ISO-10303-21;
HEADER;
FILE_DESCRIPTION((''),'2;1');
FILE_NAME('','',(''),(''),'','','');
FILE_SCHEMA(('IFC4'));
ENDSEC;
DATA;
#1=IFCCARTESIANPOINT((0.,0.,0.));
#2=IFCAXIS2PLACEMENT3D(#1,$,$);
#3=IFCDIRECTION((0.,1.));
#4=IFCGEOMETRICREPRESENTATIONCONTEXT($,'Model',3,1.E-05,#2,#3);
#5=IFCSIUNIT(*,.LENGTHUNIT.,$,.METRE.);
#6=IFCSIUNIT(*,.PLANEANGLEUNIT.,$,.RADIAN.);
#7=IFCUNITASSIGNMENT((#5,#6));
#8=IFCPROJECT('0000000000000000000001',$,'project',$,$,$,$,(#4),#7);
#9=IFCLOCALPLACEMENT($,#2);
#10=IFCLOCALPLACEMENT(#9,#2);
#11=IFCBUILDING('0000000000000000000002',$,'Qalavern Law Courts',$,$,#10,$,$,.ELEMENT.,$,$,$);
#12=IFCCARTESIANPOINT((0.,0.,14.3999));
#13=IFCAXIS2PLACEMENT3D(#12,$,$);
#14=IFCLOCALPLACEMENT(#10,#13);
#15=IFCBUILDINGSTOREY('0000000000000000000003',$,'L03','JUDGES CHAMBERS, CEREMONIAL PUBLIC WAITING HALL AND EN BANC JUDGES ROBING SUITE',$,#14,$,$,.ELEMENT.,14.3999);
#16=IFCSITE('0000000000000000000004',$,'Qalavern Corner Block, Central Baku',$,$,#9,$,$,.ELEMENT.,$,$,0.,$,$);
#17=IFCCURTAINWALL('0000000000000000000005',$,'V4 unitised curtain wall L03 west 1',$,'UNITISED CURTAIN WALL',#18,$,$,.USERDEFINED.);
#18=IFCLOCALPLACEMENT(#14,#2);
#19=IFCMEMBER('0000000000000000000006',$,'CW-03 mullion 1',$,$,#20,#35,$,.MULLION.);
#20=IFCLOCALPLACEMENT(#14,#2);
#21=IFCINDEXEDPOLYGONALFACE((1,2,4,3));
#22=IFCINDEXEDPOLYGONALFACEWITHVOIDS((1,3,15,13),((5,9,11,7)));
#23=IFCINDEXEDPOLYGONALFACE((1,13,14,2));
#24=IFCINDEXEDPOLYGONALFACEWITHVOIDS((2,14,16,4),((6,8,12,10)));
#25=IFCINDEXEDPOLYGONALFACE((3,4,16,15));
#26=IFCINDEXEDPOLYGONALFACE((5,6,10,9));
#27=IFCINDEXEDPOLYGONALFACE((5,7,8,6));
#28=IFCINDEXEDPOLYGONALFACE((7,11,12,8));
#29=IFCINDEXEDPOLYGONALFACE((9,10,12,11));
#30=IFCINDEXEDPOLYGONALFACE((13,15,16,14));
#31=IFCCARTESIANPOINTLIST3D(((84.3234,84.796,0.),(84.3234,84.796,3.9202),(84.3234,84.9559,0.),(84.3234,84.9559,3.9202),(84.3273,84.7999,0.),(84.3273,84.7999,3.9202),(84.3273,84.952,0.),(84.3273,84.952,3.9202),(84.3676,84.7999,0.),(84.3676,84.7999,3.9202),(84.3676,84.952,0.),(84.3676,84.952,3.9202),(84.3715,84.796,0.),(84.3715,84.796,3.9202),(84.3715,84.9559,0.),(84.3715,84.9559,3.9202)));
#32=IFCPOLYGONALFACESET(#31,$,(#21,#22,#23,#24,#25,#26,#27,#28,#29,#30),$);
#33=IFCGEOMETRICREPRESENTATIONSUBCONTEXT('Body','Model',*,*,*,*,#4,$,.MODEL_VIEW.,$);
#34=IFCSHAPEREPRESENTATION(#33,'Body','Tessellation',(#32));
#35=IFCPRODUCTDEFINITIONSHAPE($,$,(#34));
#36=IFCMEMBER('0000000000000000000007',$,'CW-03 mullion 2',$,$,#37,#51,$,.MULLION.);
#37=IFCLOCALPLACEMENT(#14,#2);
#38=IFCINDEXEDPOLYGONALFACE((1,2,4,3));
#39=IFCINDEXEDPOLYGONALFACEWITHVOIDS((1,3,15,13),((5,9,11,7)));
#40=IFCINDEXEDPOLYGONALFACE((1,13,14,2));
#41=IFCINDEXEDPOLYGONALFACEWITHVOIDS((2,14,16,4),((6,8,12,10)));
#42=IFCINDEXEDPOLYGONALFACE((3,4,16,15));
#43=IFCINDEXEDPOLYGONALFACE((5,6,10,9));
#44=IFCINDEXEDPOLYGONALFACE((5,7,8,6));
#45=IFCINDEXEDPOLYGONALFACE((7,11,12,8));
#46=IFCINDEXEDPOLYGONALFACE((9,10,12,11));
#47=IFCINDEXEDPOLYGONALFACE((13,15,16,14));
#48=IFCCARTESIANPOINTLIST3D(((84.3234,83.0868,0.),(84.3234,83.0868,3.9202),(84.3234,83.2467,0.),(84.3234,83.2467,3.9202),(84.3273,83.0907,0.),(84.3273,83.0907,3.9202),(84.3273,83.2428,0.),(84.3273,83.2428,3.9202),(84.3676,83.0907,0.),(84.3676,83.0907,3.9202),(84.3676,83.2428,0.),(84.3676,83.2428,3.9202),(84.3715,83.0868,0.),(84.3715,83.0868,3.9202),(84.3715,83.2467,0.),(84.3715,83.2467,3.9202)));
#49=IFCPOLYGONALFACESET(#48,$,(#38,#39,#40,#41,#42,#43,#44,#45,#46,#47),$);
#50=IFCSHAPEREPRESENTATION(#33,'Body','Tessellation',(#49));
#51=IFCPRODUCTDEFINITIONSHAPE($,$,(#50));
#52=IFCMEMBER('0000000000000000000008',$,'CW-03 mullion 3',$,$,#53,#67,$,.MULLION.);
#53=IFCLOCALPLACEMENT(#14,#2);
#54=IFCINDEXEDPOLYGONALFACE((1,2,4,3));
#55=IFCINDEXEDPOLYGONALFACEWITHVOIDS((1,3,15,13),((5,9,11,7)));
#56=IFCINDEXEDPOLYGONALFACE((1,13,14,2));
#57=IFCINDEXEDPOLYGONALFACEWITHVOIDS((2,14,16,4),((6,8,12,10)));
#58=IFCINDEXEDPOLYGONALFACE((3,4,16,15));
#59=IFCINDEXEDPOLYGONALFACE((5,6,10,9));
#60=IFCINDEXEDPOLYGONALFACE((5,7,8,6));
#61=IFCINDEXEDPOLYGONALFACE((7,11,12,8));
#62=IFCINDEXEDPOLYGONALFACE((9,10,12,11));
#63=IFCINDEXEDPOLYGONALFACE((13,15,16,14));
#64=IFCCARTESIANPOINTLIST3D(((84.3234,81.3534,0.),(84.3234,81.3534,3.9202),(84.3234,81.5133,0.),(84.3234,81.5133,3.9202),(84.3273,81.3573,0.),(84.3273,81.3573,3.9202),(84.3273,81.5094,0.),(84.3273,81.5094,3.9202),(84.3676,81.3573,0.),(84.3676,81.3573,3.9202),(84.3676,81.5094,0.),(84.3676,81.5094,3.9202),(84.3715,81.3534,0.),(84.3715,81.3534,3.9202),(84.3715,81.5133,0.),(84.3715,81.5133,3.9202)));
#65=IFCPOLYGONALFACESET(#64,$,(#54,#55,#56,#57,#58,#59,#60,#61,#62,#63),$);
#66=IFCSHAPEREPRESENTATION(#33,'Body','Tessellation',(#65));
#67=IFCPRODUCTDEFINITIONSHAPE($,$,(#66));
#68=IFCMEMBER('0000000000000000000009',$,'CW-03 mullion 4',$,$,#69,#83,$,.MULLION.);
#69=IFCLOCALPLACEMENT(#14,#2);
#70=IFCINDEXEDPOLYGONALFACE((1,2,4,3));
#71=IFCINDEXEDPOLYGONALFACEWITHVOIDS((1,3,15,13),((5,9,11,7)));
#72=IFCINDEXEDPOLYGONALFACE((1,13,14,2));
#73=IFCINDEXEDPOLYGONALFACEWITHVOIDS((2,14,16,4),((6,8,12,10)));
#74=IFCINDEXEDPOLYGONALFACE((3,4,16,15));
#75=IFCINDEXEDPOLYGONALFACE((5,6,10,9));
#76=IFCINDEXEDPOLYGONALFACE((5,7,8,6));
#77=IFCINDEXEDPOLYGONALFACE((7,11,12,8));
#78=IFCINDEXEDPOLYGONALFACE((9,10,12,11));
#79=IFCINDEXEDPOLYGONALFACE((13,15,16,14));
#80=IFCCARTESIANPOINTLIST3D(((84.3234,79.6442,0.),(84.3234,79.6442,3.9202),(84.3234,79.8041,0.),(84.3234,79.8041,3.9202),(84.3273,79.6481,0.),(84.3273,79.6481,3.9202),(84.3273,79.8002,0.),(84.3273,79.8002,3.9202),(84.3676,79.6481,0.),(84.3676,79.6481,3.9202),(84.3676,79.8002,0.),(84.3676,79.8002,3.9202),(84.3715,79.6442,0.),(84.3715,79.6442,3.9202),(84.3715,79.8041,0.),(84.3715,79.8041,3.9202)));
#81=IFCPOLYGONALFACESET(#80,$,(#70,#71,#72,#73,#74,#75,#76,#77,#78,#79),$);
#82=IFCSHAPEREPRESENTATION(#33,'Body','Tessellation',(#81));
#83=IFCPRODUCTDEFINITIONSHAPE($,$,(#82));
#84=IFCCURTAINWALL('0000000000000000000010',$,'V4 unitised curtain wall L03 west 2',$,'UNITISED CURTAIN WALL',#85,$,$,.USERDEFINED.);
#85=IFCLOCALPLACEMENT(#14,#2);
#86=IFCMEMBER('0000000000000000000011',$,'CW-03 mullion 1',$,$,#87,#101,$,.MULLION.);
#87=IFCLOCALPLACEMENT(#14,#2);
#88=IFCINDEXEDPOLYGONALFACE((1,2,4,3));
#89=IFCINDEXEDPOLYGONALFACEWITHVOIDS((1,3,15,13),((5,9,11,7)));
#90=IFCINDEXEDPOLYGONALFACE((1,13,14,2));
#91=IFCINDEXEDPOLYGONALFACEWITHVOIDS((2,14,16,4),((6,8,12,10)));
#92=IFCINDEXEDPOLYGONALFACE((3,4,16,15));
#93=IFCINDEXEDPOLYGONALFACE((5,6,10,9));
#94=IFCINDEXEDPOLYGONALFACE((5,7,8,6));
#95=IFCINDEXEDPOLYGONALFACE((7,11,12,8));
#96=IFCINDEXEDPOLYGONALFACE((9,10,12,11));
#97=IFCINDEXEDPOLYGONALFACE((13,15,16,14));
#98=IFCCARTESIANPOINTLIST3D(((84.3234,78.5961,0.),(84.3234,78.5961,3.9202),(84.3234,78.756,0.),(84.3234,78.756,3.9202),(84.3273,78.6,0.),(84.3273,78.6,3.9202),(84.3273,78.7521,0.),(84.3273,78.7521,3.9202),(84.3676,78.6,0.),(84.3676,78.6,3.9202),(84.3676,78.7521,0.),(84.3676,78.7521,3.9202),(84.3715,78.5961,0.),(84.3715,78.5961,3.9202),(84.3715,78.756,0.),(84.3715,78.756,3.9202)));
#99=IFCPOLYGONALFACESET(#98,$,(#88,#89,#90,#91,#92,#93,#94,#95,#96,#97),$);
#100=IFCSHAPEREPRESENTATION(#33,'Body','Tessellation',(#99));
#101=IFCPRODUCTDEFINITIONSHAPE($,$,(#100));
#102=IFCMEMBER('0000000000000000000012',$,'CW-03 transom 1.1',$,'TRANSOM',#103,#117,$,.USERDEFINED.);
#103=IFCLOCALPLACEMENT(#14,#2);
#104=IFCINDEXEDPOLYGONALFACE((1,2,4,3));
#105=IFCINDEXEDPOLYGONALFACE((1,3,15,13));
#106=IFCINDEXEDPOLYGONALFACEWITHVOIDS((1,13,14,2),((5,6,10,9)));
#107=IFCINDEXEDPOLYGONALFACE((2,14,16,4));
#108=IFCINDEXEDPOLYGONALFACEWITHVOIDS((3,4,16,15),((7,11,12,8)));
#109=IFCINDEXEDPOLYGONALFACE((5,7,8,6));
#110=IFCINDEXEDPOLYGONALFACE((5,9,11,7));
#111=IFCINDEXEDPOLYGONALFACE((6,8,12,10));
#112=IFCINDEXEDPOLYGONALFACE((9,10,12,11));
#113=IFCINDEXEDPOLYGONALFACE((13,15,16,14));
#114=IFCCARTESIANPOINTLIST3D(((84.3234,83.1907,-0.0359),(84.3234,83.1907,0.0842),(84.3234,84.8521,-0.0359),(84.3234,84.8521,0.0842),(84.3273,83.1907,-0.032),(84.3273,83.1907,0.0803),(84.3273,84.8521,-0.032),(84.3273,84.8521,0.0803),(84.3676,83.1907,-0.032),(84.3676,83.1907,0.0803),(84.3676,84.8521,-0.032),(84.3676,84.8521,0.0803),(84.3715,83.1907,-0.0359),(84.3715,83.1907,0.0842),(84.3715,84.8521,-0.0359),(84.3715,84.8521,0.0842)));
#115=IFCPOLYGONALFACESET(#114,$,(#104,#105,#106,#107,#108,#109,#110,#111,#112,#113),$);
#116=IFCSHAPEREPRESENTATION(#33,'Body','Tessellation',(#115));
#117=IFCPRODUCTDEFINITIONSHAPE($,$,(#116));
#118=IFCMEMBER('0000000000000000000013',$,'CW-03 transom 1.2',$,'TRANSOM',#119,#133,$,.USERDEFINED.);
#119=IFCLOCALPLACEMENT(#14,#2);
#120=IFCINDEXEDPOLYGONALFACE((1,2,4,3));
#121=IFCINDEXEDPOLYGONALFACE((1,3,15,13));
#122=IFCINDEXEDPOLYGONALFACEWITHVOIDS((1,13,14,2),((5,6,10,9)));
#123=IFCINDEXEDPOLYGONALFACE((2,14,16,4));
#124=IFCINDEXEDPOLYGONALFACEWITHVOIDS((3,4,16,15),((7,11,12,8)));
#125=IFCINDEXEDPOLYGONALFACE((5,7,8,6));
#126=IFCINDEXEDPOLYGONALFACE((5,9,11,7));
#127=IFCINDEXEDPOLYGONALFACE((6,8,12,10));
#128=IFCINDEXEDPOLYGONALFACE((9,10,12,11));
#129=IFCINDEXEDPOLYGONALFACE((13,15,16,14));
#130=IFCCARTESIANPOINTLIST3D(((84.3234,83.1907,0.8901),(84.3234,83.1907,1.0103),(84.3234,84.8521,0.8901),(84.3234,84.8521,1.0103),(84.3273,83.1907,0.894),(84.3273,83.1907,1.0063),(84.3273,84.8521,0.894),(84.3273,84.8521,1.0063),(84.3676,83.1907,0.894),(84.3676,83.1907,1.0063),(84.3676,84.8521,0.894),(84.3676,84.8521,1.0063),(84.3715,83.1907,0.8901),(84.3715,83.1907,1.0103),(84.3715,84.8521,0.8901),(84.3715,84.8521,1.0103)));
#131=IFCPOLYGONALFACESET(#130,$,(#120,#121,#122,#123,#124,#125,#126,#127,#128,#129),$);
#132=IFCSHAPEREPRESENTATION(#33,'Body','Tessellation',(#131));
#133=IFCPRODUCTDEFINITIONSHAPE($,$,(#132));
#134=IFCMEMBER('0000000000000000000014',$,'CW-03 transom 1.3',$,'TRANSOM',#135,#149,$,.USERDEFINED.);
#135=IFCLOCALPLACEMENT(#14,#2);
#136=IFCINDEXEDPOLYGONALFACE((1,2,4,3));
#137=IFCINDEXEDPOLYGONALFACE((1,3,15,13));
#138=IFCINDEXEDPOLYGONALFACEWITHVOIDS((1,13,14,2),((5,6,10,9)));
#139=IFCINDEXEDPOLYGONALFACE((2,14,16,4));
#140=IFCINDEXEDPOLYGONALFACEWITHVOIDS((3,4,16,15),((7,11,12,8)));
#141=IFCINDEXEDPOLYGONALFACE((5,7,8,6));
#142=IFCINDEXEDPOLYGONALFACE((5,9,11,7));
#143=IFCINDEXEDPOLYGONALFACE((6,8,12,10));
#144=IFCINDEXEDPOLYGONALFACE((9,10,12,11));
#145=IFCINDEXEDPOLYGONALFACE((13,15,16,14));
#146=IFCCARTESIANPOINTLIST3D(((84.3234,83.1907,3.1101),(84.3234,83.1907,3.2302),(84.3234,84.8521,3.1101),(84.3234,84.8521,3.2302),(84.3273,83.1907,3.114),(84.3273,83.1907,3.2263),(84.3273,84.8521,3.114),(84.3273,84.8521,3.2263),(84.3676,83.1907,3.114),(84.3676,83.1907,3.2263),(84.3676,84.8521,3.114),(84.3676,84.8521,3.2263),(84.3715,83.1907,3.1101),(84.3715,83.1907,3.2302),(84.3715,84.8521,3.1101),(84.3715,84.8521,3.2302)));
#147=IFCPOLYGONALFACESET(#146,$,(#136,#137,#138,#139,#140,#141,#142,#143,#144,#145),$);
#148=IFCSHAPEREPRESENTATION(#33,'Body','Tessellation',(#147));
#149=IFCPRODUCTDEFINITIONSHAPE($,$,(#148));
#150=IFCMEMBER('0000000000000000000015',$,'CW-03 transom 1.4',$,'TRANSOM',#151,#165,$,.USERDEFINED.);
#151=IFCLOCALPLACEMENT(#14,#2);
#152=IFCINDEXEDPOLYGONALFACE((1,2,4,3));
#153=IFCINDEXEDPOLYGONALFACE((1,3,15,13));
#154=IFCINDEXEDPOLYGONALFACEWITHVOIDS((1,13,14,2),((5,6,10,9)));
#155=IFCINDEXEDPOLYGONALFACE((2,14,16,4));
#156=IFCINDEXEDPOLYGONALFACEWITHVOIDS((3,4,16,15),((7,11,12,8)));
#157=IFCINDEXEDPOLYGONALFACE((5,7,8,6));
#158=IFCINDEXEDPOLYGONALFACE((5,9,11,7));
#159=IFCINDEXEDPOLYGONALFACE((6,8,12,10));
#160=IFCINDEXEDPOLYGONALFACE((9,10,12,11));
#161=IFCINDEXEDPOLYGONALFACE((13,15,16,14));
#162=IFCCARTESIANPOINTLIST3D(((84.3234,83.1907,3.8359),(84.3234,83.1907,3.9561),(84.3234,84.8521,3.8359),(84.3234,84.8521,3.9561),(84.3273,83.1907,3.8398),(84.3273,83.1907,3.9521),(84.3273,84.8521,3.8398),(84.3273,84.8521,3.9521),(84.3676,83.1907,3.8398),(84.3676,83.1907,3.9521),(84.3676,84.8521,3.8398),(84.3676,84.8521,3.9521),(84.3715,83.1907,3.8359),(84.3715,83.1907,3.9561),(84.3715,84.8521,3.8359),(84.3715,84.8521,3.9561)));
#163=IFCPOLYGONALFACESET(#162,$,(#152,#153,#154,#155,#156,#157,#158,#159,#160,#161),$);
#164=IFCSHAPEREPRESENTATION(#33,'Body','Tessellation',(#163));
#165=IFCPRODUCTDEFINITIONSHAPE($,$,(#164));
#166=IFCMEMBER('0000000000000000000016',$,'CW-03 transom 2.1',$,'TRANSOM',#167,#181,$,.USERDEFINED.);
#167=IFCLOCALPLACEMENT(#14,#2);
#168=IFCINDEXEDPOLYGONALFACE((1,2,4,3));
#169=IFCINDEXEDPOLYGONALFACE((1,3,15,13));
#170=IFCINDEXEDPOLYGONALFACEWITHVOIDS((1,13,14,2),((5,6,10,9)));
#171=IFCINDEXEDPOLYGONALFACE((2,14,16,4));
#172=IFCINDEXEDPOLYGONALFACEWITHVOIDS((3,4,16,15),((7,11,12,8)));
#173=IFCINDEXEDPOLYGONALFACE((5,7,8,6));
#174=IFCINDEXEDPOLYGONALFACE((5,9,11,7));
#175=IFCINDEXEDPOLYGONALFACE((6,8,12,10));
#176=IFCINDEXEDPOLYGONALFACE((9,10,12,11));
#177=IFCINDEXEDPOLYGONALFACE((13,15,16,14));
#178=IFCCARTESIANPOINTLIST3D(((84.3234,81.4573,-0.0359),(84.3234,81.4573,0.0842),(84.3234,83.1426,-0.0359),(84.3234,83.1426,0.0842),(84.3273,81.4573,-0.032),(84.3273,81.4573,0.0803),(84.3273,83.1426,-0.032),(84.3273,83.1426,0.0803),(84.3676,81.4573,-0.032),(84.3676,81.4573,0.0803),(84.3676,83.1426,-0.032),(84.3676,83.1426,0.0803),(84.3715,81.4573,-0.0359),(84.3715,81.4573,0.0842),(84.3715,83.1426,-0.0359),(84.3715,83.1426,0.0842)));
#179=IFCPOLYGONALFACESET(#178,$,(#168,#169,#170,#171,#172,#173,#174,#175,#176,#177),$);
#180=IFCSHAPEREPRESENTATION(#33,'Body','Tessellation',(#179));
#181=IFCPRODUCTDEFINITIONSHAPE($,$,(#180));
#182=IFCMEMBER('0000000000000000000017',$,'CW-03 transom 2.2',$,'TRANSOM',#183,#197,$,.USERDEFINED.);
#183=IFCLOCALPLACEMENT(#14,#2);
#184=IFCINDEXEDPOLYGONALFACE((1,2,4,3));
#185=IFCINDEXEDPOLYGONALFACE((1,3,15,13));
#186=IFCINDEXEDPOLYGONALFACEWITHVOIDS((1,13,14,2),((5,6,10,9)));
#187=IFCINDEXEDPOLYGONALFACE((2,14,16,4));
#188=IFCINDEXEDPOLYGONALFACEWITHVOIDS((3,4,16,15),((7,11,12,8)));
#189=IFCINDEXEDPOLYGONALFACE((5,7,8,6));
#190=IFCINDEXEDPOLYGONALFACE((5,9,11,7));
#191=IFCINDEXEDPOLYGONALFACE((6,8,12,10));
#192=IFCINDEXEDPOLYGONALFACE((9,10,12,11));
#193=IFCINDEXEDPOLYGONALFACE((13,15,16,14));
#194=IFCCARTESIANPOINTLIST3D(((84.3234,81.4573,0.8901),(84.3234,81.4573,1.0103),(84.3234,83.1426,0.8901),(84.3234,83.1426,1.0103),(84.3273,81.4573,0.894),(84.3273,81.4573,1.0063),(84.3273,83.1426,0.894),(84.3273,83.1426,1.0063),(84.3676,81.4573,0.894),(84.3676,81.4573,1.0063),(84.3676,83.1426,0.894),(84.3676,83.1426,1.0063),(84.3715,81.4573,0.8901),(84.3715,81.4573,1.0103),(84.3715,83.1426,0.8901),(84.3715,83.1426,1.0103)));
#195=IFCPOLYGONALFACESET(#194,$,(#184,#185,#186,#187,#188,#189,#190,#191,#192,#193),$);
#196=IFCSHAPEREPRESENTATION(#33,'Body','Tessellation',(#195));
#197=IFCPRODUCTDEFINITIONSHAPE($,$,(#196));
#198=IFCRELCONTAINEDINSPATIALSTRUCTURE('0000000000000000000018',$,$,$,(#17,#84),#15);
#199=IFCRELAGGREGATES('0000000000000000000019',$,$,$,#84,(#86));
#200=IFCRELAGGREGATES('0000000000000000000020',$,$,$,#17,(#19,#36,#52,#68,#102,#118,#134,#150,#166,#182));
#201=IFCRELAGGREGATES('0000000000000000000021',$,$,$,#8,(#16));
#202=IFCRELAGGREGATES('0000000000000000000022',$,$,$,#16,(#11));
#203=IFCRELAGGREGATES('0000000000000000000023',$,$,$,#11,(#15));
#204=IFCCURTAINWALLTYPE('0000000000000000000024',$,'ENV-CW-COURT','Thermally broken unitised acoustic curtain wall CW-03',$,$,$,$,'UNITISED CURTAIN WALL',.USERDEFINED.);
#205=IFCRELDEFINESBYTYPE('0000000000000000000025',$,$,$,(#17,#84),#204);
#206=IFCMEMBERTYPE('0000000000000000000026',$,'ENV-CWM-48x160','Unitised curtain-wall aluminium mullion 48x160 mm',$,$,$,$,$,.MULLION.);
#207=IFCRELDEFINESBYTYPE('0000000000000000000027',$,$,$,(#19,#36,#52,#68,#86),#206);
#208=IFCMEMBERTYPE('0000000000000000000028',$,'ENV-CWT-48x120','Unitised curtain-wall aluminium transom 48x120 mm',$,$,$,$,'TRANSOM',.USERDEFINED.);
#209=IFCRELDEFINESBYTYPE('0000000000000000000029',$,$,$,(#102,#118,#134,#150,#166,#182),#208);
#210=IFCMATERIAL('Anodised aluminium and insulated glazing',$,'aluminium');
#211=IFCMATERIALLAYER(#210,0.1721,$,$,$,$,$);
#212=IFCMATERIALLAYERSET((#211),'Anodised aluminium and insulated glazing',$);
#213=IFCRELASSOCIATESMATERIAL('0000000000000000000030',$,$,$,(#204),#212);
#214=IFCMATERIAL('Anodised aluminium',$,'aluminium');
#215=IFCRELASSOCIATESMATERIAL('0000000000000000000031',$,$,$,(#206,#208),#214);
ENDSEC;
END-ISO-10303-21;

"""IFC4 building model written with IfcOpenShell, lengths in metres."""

from ifc_helpers import new_model, si_unit, direction, frame, origin, origin_2d, place, context, subcontext, project, spatial, hollow_rectangle, extrude, material, layer, layer_set, material_profile, profile_set, type_object, element, aggregate, save


model = new_model("IFC4")

# Units and contexts
model_context = context("Model", 3, precision=1e-05, world=origin(), true_north=direction((0.0, 1.0)))
body_context = subcontext(model_context, "Body", "Model", "MODEL_VIEW")
ifc_project = project(units=[si_unit("LENGTHUNIT", "METRE"), si_unit("PLANEANGLEUNIT", "RADIAN")], contexts=[model_context])

# Site, building, storey
site_placement = place(None, origin())
site = spatial("IfcSite", under=ifc_project, at=site_placement, Name="Qalavern Corner Block, Central Baku", CompositionType="ELEMENT", RefElevation=0.0)
building_placement = place(site_placement, origin())
building = spatial("IfcBuilding", under=site, at=building_placement, Name="Qalavern Law Courts", CompositionType="ELEMENT")
storey_placement = place(building_placement, frame((0.0, 0.0, 14.3999)))
storey = spatial("IfcBuildingStorey", under=building, at=storey_placement, Name="L03", Description="JUDGES CHAMBERS, CEREMONIAL PUBLIC WAITING HALL AND EN BANC JUDGES ROBING SUITE", CompositionType="ELEMENT", Elevation=14.3999)

# Curtain wall, members
ifc_material_1 = material(Name="Anodised aluminium and insulated glazing", Category="aluminium")
ifc_layer_1 = layer(ifc_material_1, 0.1721)
ifc_layer_set_1 = layer_set([ifc_layer_1], Name="Anodised aluminium and insulated glazing")
curtain_wall_type = type_object("IfcCurtainWallType", Name="ENV-CW-COURT", Description="Thermally broken unitised acoustic curtain wall CW-03", ElementType="UNITISED CURTAIN WALL", PredefinedType="USERDEFINED", material=ifc_layer_set_1)
curtain_wall_1_placement = place(storey_placement, origin())
curtain_wall_1 = element("IfcCurtainWall", 1, at=curtain_wall_1_placement, inside=storey, type_object=curtain_wall_type, Name="V4 unitised curtain wall L03 west 1", ObjectType="UNITISED CURTAIN WALL", PredefinedType="USERDEFINED")
ifc_material_2 = material(Name="Anodised aluminium", Category="aluminium")
ifc_material_profile_1 = material_profile(ifc_material_2, hollow_rectangle(XDim=0.0481, YDim=0.1599, WallThickness=0.0039, at=origin_2d()), Name="ALU MULLION 48x160")
ifc_profile_set_1 = profile_set([ifc_material_profile_1], Name="Anodised aluminium")
member_type_1 = type_object("IfcMemberType", Name="ENV-CWM-48x160", Description="Unitised curtain-wall aluminium mullion 48x160 mm", PredefinedType="MULLION", material=ifc_profile_set_1)
member_1_placement = place(storey_placement, frame((84.3474, 84.876, 0.0), z_axis=(0.0, 0.0, 1.0), x_axis=(1.0, 0.0, 0.0)))
member_1 = element("IfcMember", 2, at=member_1_placement, type_object=member_type_1, Name="CW-03 mullion 1", PredefinedType="MULLION", context=body_context, shape_type="SweptSolid", body=[
    extrude(hollow_rectangle(XDim=0.0481, YDim=0.1599, WallThickness=0.0039, at=origin_2d()), origin(), (0.0, 0.0, 1.0), 3.9202),
])
member_2_placement = place(storey_placement, frame((84.3474, 83.1667, 0.0), z_axis=(0.0, 0.0, 1.0), x_axis=(1.0, 0.0, 0.0)))
member_2 = element("IfcMember", 3, at=member_2_placement, type_object=member_type_1, Name="CW-03 mullion 2", PredefinedType="MULLION", context=body_context, shape_type="SweptSolid", body=[
    extrude(hollow_rectangle(XDim=0.0481, YDim=0.1599, WallThickness=0.0039, at=origin_2d()), origin(), (0.0, 0.0, 1.0), 3.9202),
])
member_3_placement = place(storey_placement, frame((84.3474, 81.4333, 0.0), z_axis=(0.0, 0.0, 1.0), x_axis=(1.0, 0.0, 0.0)))
member_3 = element("IfcMember", 4, at=member_3_placement, type_object=member_type_1, Name="CW-03 mullion 3", PredefinedType="MULLION", context=body_context, shape_type="SweptSolid", body=[
    extrude(hollow_rectangle(XDim=0.0481, YDim=0.1599, WallThickness=0.0039, at=origin_2d()), origin(), (0.0, 0.0, 1.0), 3.9202),
])
member_4_placement = place(storey_placement, frame((84.3474, 79.7241, 0.0), z_axis=(0.0, 0.0, 1.0), x_axis=(1.0, 0.0, 0.0)))
member_4 = element("IfcMember", 5, at=member_4_placement, type_object=member_type_1, Name="CW-03 mullion 4", PredefinedType="MULLION", context=body_context, shape_type="SweptSolid", body=[
    extrude(hollow_rectangle(XDim=0.0481, YDim=0.1599, WallThickness=0.0039, at=origin_2d()), origin(), (0.0, 0.0, 1.0), 3.9202),
])

# Curtain wall, member
curtain_wall_2_placement = place(storey_placement, origin())
curtain_wall_2 = element("IfcCurtainWall", 6, at=curtain_wall_2_placement, inside=storey, type_object=curtain_wall_type, Name="V4 unitised curtain wall L03 west 2", ObjectType="UNITISED CURTAIN WALL", PredefinedType="USERDEFINED")
member_5_placement = place(storey_placement, frame((84.3474, 78.676, 0.0), z_axis=(0.0, 0.0, 1.0), x_axis=(1.0, 0.0, 0.0)))
member_5 = element("IfcMember", 7, at=member_5_placement, type_object=member_type_1, Name="CW-03 mullion 1", PredefinedType="MULLION", context=body_context, shape_type="SweptSolid", body=[
    extrude(hollow_rectangle(XDim=0.0481, YDim=0.1599, WallThickness=0.0039, at=origin_2d()), origin(), (0.0, 0.0, 1.0), 3.9202),
])

# Members
ifc_material_profile_2 = material_profile(ifc_material_2, hollow_rectangle(XDim=0.0481, YDim=0.1201, WallThickness=0.0039, at=origin_2d()), Name="ALU TRANSOM 48x120")
ifc_profile_set_2 = profile_set([ifc_material_profile_2], Name="Anodised aluminium")
member_type_2 = type_object("IfcMemberType", Name="ENV-CWT-48x120", Description="Unitised curtain-wall aluminium transom 48x120 mm", ElementType="TRANSOM", PredefinedType="USERDEFINED", material=ifc_profile_set_2)
member_6_placement = place(storey_placement, frame((84.3474, 84.8521, 0.0242), z_axis=(0.0, -1.0, 0.0), x_axis=(1.0, 0.0, 0.0)))
member_6 = element("IfcMember", 8, at=member_6_placement, type_object=member_type_2, Name="CW-03 transom 1.1", ObjectType="TRANSOM", PredefinedType="USERDEFINED", context=body_context, shape_type="SweptSolid", body=[
    extrude(hollow_rectangle(XDim=0.0481, YDim=0.1201, WallThickness=0.0039, at=origin_2d()), origin(), (0.0, 0.0, 1.0), 1.6614),
])
member_7_placement = place(storey_placement, frame((84.3474, 84.8521, 0.9502), z_axis=(0.0, -1.0, 0.0), x_axis=(1.0, 0.0, 0.0)))
member_7 = element("IfcMember", 9, at=member_7_placement, type_object=member_type_2, Name="CW-03 transom 1.2", ObjectType="TRANSOM", PredefinedType="USERDEFINED", context=body_context, shape_type="SweptSolid", body=[
    extrude(hollow_rectangle(XDim=0.0481, YDim=0.1201, WallThickness=0.0039, at=origin_2d()), origin(), (0.0, 0.0, 1.0), 1.6614),
])
member_8_placement = place(storey_placement, frame((84.3474, 84.8521, 3.1702), z_axis=(0.0, -1.0, 0.0), x_axis=(1.0, 0.0, 0.0)))
member_8 = element("IfcMember", 10, at=member_8_placement, type_object=member_type_2, Name="CW-03 transom 1.3", ObjectType="TRANSOM", PredefinedType="USERDEFINED", context=body_context, shape_type="SweptSolid", body=[
    extrude(hollow_rectangle(XDim=0.0481, YDim=0.1201, WallThickness=0.0039, at=origin_2d()), origin(), (0.0, 0.0, 1.0), 1.6614),
])
member_9_placement = place(storey_placement, frame((84.3474, 84.8521, 3.896), z_axis=(0.0, -1.0, 0.0), x_axis=(1.0, 0.0, 0.0)))
member_9 = element("IfcMember", 11, at=member_9_placement, type_object=member_type_2, Name="CW-03 transom 1.4", ObjectType="TRANSOM", PredefinedType="USERDEFINED", context=body_context, shape_type="SweptSolid", body=[
    extrude(hollow_rectangle(XDim=0.0481, YDim=0.1201, WallThickness=0.0039, at=origin_2d()), origin(), (0.0, 0.0, 1.0), 1.6614),
])
member_10_placement = place(storey_placement, frame((84.3474, 83.1426, 0.0242), z_axis=(0.0, -1.0, 0.0), x_axis=(1.0, 0.0, 0.0)))
member_10 = element("IfcMember", 12, at=member_10_placement, type_object=member_type_2, Name="CW-03 transom 2.1", ObjectType="TRANSOM", PredefinedType="USERDEFINED", context=body_context, shape_type="SweptSolid", body=[
    extrude(hollow_rectangle(XDim=0.0481, YDim=0.1201, WallThickness=0.0039, at=origin_2d()), origin(), (0.0, 0.0, 1.0), 1.6853),
])
member_11_placement = place(storey_placement, frame((84.3474, 83.1426, 0.9502), z_axis=(0.0, -1.0, 0.0), x_axis=(1.0, 0.0, 0.0)))
member_11 = element("IfcMember", 13, at=member_11_placement, type_object=member_type_2, Name="CW-03 transom 2.2", ObjectType="TRANSOM", PredefinedType="USERDEFINED", context=body_context, shape_type="SweptSolid", body=[
    extrude(hollow_rectangle(XDim=0.0481, YDim=0.1201, WallThickness=0.0039, at=origin_2d()), origin(), (0.0, 0.0, 1.0), 1.6853),
])
aggregate(curtain_wall_2, [member_5])

aggregate(curtain_wall_1, [member_1, member_2, member_3, member_4, member_6, member_7, member_8, member_9, member_10, member_11])

save(model, "model.ifc")
